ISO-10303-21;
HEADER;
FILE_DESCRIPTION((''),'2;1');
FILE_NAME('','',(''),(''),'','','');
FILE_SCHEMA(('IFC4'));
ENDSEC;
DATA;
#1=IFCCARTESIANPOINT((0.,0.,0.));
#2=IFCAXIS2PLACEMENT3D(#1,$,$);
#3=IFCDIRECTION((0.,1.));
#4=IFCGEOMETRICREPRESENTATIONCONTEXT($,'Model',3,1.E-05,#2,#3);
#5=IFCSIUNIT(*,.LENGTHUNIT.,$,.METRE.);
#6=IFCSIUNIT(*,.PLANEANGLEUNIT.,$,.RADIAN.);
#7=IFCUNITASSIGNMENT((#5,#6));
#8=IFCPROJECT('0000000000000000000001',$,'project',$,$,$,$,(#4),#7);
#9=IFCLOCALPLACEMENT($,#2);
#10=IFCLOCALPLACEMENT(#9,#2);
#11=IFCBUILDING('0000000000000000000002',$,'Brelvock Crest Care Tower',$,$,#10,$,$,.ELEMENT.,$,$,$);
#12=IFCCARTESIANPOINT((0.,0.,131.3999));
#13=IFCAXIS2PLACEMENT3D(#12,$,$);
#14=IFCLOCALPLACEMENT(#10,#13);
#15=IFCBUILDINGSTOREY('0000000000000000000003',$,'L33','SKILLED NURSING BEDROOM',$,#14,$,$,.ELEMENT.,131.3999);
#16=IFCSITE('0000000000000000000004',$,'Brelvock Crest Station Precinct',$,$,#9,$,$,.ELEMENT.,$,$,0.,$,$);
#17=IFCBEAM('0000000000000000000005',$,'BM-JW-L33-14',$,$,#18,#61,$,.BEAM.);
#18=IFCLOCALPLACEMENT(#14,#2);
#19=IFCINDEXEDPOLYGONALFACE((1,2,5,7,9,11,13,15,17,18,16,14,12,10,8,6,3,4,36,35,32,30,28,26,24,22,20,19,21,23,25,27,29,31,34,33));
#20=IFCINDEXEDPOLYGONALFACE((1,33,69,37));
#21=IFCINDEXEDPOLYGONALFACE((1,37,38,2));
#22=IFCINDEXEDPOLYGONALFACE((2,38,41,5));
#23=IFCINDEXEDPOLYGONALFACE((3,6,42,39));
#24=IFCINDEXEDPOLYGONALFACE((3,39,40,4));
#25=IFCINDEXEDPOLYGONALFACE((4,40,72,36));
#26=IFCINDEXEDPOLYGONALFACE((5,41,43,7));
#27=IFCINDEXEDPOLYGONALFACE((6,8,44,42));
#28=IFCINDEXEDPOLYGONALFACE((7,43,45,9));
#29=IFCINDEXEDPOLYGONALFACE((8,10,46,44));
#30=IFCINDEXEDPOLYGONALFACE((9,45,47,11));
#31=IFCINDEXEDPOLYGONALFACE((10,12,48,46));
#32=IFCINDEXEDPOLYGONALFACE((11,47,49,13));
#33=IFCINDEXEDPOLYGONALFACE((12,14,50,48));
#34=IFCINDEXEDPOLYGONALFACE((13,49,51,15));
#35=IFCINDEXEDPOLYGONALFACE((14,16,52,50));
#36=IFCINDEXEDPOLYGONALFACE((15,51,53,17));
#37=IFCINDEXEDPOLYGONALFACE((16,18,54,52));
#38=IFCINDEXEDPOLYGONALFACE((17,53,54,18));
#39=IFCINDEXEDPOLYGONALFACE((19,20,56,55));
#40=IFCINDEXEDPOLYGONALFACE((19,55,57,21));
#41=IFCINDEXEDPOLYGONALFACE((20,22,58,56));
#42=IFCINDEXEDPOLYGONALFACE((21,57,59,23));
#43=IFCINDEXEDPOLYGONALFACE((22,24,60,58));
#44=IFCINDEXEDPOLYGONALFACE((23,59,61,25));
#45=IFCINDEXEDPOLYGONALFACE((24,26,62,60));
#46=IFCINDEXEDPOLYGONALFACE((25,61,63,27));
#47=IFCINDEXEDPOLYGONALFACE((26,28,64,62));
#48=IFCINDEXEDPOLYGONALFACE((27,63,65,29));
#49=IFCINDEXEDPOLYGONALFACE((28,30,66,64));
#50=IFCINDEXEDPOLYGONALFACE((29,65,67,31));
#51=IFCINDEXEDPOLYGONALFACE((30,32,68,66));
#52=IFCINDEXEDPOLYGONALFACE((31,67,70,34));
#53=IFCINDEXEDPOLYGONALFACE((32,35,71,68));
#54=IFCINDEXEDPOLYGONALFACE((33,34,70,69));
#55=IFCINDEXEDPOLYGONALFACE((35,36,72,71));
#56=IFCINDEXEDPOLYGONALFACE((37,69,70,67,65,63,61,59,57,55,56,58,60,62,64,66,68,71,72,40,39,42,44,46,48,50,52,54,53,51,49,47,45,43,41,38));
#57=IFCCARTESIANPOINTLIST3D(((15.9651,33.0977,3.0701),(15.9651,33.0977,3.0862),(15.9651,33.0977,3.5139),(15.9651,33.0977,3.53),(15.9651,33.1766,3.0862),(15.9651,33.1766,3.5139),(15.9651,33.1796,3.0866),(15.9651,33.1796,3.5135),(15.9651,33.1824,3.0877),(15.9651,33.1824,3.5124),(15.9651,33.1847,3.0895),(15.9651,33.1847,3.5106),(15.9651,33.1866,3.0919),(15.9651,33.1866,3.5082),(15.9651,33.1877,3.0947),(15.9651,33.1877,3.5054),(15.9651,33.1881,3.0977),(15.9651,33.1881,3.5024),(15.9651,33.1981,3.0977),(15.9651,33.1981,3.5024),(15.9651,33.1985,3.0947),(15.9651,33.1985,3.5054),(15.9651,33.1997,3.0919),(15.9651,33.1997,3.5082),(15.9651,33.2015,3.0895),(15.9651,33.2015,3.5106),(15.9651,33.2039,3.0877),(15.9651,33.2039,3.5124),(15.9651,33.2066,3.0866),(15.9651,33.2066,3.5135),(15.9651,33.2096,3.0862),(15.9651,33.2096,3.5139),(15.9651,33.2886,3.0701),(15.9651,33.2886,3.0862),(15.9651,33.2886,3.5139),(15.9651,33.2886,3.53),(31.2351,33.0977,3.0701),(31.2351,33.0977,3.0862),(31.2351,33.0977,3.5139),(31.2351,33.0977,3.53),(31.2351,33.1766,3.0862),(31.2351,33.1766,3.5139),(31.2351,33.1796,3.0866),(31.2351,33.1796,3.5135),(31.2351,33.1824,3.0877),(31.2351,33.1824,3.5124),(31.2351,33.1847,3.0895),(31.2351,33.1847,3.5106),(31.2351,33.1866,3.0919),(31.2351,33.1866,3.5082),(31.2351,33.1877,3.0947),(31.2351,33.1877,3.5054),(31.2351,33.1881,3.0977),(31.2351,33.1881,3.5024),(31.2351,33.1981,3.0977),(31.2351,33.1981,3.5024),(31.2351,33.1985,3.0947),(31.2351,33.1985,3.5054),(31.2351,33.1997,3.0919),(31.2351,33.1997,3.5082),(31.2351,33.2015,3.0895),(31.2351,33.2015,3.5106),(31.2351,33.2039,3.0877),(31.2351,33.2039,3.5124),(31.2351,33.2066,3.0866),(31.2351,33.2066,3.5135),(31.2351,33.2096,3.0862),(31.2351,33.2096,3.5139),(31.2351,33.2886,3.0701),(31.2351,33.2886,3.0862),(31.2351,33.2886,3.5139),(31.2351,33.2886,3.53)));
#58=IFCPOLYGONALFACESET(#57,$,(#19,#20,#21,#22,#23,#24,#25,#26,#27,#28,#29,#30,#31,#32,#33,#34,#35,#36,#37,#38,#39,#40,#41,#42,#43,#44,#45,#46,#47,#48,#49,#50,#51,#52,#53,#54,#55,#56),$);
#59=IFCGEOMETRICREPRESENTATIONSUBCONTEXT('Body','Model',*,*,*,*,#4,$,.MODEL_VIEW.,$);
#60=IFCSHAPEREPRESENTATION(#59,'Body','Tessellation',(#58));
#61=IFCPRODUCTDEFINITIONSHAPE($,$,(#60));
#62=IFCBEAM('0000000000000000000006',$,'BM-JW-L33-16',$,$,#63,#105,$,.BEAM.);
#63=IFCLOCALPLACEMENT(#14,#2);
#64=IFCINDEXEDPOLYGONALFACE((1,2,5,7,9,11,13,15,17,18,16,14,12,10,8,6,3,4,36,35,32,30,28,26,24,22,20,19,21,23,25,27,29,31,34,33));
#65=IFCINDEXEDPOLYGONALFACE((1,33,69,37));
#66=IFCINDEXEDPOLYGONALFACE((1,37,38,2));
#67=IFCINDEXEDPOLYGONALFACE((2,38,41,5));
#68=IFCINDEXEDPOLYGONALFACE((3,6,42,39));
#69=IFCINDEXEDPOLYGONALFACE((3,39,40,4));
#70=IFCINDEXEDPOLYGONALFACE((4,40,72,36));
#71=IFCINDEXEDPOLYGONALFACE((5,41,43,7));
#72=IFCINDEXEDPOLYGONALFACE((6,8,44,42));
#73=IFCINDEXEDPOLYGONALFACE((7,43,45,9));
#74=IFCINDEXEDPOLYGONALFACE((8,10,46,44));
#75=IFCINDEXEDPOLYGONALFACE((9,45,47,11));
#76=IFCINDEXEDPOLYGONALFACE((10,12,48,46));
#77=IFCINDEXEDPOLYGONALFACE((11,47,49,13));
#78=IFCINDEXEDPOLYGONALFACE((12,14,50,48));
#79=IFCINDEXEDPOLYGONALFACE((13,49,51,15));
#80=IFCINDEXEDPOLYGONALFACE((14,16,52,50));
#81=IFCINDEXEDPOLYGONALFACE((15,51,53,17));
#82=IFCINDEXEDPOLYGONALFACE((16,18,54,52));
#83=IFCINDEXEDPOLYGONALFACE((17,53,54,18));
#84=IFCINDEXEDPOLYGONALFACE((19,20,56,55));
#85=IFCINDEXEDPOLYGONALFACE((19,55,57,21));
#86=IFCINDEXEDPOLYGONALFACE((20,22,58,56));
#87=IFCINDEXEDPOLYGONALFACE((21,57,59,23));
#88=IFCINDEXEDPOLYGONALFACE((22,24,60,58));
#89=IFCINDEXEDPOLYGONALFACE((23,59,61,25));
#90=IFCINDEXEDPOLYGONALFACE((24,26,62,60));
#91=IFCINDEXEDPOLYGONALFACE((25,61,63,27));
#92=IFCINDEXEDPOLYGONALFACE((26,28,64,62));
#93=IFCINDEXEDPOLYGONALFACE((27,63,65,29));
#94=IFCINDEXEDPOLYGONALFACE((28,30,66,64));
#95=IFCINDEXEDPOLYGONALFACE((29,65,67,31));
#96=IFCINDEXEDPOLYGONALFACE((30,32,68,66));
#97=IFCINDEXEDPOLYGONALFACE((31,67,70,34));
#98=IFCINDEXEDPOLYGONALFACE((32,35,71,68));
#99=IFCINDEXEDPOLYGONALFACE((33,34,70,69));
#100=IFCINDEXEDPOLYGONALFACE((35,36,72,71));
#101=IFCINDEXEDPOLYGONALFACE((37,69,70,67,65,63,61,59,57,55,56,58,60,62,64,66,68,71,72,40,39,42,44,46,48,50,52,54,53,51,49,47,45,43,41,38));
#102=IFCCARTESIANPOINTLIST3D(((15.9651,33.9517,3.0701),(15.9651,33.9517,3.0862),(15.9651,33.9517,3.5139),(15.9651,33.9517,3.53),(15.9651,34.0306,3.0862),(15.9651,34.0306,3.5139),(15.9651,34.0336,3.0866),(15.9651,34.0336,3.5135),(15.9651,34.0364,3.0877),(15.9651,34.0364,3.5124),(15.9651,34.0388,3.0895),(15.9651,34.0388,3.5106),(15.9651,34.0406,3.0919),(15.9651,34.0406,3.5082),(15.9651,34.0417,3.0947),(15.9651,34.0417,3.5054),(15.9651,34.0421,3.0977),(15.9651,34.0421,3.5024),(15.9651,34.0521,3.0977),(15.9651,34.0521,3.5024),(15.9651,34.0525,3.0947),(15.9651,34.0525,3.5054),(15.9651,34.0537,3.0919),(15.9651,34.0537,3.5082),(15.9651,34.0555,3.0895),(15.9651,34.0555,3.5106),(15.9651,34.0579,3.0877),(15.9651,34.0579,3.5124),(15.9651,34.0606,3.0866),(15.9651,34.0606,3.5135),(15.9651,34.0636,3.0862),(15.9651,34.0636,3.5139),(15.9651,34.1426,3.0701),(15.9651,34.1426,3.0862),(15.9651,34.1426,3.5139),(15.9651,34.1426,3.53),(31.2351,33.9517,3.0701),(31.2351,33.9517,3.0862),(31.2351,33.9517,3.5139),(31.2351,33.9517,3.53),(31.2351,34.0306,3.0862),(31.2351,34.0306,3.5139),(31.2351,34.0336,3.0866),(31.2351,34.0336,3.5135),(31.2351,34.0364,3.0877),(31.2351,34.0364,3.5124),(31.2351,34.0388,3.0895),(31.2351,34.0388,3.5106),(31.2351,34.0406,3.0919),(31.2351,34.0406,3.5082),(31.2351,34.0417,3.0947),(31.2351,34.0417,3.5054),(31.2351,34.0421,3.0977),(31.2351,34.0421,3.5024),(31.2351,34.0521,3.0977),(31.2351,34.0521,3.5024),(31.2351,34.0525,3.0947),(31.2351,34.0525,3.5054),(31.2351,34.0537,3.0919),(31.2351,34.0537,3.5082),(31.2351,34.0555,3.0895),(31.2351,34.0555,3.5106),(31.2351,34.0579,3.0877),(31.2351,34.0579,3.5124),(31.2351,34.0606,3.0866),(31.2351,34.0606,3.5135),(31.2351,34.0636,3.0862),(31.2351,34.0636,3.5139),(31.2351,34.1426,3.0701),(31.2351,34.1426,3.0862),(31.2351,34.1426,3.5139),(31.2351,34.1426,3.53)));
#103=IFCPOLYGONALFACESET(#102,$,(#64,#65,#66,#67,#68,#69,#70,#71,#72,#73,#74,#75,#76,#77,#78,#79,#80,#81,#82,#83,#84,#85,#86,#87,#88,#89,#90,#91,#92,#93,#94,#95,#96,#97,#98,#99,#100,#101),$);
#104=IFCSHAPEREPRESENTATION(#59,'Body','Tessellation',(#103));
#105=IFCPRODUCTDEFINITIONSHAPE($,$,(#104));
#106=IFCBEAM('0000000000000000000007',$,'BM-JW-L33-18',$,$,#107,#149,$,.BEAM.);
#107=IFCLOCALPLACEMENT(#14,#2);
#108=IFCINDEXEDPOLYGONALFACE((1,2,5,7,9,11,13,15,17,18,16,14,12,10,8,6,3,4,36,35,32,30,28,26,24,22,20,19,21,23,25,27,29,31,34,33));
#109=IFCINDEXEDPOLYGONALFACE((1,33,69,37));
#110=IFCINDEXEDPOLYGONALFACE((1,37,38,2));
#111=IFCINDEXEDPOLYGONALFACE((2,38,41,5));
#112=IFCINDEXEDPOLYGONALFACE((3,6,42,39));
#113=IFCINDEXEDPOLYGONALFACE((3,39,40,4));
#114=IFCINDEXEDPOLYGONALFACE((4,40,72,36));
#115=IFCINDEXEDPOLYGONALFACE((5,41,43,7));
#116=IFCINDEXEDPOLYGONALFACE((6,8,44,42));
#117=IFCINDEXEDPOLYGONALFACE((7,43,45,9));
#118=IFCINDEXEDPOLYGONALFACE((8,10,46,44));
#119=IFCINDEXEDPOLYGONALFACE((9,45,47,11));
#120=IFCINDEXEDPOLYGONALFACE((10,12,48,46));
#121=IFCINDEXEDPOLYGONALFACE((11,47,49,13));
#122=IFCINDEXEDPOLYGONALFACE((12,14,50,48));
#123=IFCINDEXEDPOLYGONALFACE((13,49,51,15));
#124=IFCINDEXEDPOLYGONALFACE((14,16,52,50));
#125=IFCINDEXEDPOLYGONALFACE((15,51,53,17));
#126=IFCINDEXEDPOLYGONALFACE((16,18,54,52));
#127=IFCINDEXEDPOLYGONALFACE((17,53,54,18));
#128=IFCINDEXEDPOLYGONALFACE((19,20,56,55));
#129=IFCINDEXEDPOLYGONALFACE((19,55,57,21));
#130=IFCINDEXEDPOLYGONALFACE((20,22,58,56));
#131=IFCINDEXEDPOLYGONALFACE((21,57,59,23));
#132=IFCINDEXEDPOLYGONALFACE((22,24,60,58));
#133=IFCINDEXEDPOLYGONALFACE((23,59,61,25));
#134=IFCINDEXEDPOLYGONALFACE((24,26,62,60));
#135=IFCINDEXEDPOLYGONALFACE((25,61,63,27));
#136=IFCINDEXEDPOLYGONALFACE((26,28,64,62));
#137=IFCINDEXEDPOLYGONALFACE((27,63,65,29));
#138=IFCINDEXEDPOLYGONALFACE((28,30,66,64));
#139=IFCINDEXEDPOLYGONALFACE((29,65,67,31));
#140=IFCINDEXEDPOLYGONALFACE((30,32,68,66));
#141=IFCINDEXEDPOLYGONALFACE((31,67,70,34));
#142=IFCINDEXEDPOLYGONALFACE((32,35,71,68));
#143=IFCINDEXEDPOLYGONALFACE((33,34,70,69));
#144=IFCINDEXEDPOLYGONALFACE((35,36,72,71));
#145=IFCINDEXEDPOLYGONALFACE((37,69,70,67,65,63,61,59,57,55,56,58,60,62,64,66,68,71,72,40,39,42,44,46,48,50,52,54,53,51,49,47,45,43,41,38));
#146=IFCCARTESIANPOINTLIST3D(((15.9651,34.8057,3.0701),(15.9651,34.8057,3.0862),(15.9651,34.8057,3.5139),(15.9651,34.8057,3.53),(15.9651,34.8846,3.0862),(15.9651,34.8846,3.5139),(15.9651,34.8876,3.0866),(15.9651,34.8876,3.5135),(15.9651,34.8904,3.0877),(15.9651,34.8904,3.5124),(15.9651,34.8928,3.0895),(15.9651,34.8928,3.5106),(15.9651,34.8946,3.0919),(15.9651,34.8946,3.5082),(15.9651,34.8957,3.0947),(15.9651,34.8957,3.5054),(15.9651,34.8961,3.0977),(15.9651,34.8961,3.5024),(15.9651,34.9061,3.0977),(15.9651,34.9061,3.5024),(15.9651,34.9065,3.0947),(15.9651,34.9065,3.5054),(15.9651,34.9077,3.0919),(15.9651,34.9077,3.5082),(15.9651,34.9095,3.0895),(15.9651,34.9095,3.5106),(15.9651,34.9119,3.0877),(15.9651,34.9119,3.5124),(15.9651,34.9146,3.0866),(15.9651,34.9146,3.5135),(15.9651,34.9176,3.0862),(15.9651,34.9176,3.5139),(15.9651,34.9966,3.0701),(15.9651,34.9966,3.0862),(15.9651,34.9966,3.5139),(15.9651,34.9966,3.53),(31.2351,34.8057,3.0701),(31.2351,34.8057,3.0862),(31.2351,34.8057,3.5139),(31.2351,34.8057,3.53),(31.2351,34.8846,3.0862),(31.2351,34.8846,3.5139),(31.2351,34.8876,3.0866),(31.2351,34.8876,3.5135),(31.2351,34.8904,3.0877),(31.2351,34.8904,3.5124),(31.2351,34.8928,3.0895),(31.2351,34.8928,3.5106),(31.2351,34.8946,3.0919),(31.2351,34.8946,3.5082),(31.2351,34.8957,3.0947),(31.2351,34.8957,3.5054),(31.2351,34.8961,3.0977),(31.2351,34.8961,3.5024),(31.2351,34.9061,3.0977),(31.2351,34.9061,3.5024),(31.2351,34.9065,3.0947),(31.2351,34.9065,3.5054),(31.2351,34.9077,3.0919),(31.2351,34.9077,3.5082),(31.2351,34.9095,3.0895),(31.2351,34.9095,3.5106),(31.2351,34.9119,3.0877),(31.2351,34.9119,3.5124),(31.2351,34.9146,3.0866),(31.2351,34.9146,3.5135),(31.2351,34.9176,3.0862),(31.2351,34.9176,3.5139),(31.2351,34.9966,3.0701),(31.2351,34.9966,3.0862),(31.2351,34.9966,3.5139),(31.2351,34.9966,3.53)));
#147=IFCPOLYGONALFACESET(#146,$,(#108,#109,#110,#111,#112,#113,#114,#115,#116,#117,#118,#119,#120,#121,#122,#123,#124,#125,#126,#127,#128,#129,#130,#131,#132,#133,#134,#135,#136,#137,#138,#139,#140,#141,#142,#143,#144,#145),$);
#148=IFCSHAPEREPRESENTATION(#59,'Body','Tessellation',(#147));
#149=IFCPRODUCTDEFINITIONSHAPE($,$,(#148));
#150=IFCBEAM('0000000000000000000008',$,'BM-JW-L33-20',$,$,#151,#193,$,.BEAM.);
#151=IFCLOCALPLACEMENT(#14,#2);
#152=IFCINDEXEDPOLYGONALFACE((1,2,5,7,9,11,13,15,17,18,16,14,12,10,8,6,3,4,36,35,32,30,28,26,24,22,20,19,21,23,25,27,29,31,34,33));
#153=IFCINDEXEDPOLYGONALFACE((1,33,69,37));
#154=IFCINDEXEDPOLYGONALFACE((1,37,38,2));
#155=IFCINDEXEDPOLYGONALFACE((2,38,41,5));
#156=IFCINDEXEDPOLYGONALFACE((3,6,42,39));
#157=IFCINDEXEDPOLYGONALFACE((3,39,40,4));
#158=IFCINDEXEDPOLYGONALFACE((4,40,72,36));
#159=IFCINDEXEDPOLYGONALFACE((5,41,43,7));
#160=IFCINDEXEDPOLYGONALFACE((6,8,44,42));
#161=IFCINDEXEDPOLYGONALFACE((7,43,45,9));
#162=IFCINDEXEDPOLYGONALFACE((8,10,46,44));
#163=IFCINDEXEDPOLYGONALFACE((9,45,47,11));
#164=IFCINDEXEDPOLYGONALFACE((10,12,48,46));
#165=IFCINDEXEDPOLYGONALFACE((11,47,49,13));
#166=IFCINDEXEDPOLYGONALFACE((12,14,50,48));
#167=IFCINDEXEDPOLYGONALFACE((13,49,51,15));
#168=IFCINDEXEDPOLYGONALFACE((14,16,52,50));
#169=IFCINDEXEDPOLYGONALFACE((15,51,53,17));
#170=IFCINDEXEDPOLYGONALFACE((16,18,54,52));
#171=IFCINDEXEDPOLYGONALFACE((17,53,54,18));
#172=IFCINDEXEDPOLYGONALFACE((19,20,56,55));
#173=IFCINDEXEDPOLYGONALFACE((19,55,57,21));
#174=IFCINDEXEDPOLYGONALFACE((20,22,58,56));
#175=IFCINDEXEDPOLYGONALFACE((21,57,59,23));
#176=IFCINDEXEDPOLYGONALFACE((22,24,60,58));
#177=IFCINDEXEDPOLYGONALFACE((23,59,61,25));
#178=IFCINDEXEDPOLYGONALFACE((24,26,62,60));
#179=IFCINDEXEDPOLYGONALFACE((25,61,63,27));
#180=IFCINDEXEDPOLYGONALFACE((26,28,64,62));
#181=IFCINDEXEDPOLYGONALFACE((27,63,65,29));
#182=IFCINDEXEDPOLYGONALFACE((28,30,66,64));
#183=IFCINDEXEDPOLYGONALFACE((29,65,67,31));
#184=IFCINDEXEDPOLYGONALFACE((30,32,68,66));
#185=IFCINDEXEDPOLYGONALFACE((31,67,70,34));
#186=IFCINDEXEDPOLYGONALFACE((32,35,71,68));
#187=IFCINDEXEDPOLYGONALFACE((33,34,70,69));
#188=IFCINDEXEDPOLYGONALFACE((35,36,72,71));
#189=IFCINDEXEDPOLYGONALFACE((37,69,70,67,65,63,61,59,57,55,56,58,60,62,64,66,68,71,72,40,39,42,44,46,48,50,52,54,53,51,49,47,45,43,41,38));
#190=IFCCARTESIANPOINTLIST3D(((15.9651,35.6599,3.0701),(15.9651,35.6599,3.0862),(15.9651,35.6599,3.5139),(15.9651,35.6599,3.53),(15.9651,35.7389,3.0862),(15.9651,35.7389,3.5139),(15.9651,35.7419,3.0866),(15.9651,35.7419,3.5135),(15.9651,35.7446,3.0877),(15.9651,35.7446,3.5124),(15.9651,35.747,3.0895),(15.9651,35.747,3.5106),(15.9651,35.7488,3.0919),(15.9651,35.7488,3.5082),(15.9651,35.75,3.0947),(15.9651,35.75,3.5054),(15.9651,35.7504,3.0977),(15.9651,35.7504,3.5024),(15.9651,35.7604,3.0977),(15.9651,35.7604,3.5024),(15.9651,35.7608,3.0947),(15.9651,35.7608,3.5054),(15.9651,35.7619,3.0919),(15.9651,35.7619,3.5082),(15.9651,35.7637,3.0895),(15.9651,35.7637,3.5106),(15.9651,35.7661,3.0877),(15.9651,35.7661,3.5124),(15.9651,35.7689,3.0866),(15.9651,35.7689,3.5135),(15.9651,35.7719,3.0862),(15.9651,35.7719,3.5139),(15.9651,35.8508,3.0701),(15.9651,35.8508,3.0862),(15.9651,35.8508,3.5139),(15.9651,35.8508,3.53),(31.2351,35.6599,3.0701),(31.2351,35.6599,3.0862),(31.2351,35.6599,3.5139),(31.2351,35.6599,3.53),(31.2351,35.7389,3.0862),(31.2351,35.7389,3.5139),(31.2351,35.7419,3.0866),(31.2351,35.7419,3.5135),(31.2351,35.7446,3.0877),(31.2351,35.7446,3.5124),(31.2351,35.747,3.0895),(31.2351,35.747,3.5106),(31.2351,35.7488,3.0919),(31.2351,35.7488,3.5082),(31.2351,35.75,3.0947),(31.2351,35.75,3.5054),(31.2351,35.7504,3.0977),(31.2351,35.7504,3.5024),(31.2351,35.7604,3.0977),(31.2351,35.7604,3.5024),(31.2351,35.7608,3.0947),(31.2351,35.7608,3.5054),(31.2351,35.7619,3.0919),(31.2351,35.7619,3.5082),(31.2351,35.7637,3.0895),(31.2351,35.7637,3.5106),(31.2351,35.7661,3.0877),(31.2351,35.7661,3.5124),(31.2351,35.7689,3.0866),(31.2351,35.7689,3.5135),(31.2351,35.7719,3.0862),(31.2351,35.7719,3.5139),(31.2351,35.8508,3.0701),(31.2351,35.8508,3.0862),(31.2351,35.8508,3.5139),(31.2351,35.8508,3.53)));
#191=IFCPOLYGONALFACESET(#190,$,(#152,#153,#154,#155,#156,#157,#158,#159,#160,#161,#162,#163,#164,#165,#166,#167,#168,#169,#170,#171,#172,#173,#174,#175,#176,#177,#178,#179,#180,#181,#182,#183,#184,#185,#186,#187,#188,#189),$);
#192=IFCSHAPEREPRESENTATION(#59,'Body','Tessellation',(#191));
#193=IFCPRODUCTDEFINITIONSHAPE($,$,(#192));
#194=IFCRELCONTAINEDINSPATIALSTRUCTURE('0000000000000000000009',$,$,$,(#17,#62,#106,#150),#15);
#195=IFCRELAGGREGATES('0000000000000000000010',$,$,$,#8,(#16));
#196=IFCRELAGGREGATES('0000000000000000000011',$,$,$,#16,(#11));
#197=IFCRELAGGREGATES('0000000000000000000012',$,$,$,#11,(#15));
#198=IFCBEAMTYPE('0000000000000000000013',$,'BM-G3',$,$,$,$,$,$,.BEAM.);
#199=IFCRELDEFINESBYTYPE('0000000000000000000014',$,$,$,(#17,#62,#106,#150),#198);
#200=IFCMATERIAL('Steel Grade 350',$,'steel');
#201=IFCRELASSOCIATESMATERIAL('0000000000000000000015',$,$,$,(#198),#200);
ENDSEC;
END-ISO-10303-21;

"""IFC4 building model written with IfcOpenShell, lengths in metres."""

from ifc_helpers import new_model, si_unit, direction, frame, origin, origin_2d, place, context, subcontext, project, spatial, i_section, extrude, source, transform, mapped, material, material_profile, profile_set, type_object, element, save


model = new_model("IFC4")

# Units and contexts
model_context = context("Model", 3, precision=1e-05, world=origin(), true_north=direction((0.0, 1.0)))
body_context = subcontext(model_context, "Body", "Model", "MODEL_VIEW")
ifc_project = project(units=[si_unit("LENGTHUNIT", "METRE"), si_unit("PLANEANGLEUNIT", "RADIAN")], contexts=[model_context])

# Site, building, storey
site_placement = place(None, origin())
site = spatial("IfcSite", under=ifc_project, at=site_placement, Name="Brelvock Crest Station Precinct", CompositionType="ELEMENT", RefElevation=0.0)
building_placement = place(site_placement, origin())
building = spatial("IfcBuilding", under=site, at=building_placement, Name="Brelvock Crest Care Tower", CompositionType="ELEMENT")
storey_placement = place(building_placement, frame((0.0, 0.0, 131.3999)))
storey = spatial("IfcBuildingStorey", under=building, at=storey_placement, Name="L33", Description="SKILLED NURSING BEDROOM", CompositionType="ELEMENT", Elevation=131.3999)

# Shared definitions
ifc_material_1 = material(Name="Steel Grade 350", Category="steel")

# Beams
ifc_material_profile_1 = material_profile(ifc_material_1, i_section(OverallWidth=0.1909, OverallDepth=0.46, WebThickness=0.01, FlangeThickness=0.0161, FilletRadius=0.0115, at=origin_2d()), Name="460UB82.1")
ifc_profile_set_1 = profile_set([ifc_material_profile_1], Name="Steel Grade 350")
beam_type_1 = type_object("IfcBeamType", Name="BM-G3", PredefinedType="BEAM", material=ifc_profile_set_1)
shared_shape_1 = source(origin(), body_context, "Body", "SweptSolid", [
    extrude(i_section(OverallWidth=0.1909, OverallDepth=0.46, WebThickness=0.01, FlangeThickness=0.0161, FilletRadius=0.0115, at=origin_2d()), origin(), (0.0, 0.0, 1.0), 15.27),
])
for number, where, z_axis, x_axis, name in (
    (1, (15.9651, 33.1931, 3.3), (1.0, 0.0, 0.0), (0.0, 1.0, 0.0), "BM-JW-L33-14"),
    (2, (15.9651, 34.0471, 3.3), (1.0, 0.0, 0.0), (0.0, 1.0, 0.0), "BM-JW-L33-16"),
    (3, (15.9651, 34.9011, 3.3), (1.0, 0.0, 0.0), (0.0, 1.0, 0.0), "BM-JW-L33-18"),
    (4, (15.9651, 35.7554, 3.3), (1.0, 0.0, 0.0), (0.0, 1.0, 0.0), "BM-JW-L33-20"),
):
    element("IfcBeam", number, at=place(storey_placement, frame(where, z_axis=z_axis, x_axis=x_axis)), inside=storey, type_object=beam_type_1, Name=name, PredefinedType="BEAM", context=body_context, shape_type="MappedRepresentation", body=[
        mapped(shared_shape_1, transform((0.0, 0.0, 0.0), x_axis=(1.0, 0.0, 0.0), y_axis=(0.0, 1.0, 0.0), z_axis=(0.0, 0.0, 1.0), scale=1.0)),
    ])

save(model, "model.ifc")
